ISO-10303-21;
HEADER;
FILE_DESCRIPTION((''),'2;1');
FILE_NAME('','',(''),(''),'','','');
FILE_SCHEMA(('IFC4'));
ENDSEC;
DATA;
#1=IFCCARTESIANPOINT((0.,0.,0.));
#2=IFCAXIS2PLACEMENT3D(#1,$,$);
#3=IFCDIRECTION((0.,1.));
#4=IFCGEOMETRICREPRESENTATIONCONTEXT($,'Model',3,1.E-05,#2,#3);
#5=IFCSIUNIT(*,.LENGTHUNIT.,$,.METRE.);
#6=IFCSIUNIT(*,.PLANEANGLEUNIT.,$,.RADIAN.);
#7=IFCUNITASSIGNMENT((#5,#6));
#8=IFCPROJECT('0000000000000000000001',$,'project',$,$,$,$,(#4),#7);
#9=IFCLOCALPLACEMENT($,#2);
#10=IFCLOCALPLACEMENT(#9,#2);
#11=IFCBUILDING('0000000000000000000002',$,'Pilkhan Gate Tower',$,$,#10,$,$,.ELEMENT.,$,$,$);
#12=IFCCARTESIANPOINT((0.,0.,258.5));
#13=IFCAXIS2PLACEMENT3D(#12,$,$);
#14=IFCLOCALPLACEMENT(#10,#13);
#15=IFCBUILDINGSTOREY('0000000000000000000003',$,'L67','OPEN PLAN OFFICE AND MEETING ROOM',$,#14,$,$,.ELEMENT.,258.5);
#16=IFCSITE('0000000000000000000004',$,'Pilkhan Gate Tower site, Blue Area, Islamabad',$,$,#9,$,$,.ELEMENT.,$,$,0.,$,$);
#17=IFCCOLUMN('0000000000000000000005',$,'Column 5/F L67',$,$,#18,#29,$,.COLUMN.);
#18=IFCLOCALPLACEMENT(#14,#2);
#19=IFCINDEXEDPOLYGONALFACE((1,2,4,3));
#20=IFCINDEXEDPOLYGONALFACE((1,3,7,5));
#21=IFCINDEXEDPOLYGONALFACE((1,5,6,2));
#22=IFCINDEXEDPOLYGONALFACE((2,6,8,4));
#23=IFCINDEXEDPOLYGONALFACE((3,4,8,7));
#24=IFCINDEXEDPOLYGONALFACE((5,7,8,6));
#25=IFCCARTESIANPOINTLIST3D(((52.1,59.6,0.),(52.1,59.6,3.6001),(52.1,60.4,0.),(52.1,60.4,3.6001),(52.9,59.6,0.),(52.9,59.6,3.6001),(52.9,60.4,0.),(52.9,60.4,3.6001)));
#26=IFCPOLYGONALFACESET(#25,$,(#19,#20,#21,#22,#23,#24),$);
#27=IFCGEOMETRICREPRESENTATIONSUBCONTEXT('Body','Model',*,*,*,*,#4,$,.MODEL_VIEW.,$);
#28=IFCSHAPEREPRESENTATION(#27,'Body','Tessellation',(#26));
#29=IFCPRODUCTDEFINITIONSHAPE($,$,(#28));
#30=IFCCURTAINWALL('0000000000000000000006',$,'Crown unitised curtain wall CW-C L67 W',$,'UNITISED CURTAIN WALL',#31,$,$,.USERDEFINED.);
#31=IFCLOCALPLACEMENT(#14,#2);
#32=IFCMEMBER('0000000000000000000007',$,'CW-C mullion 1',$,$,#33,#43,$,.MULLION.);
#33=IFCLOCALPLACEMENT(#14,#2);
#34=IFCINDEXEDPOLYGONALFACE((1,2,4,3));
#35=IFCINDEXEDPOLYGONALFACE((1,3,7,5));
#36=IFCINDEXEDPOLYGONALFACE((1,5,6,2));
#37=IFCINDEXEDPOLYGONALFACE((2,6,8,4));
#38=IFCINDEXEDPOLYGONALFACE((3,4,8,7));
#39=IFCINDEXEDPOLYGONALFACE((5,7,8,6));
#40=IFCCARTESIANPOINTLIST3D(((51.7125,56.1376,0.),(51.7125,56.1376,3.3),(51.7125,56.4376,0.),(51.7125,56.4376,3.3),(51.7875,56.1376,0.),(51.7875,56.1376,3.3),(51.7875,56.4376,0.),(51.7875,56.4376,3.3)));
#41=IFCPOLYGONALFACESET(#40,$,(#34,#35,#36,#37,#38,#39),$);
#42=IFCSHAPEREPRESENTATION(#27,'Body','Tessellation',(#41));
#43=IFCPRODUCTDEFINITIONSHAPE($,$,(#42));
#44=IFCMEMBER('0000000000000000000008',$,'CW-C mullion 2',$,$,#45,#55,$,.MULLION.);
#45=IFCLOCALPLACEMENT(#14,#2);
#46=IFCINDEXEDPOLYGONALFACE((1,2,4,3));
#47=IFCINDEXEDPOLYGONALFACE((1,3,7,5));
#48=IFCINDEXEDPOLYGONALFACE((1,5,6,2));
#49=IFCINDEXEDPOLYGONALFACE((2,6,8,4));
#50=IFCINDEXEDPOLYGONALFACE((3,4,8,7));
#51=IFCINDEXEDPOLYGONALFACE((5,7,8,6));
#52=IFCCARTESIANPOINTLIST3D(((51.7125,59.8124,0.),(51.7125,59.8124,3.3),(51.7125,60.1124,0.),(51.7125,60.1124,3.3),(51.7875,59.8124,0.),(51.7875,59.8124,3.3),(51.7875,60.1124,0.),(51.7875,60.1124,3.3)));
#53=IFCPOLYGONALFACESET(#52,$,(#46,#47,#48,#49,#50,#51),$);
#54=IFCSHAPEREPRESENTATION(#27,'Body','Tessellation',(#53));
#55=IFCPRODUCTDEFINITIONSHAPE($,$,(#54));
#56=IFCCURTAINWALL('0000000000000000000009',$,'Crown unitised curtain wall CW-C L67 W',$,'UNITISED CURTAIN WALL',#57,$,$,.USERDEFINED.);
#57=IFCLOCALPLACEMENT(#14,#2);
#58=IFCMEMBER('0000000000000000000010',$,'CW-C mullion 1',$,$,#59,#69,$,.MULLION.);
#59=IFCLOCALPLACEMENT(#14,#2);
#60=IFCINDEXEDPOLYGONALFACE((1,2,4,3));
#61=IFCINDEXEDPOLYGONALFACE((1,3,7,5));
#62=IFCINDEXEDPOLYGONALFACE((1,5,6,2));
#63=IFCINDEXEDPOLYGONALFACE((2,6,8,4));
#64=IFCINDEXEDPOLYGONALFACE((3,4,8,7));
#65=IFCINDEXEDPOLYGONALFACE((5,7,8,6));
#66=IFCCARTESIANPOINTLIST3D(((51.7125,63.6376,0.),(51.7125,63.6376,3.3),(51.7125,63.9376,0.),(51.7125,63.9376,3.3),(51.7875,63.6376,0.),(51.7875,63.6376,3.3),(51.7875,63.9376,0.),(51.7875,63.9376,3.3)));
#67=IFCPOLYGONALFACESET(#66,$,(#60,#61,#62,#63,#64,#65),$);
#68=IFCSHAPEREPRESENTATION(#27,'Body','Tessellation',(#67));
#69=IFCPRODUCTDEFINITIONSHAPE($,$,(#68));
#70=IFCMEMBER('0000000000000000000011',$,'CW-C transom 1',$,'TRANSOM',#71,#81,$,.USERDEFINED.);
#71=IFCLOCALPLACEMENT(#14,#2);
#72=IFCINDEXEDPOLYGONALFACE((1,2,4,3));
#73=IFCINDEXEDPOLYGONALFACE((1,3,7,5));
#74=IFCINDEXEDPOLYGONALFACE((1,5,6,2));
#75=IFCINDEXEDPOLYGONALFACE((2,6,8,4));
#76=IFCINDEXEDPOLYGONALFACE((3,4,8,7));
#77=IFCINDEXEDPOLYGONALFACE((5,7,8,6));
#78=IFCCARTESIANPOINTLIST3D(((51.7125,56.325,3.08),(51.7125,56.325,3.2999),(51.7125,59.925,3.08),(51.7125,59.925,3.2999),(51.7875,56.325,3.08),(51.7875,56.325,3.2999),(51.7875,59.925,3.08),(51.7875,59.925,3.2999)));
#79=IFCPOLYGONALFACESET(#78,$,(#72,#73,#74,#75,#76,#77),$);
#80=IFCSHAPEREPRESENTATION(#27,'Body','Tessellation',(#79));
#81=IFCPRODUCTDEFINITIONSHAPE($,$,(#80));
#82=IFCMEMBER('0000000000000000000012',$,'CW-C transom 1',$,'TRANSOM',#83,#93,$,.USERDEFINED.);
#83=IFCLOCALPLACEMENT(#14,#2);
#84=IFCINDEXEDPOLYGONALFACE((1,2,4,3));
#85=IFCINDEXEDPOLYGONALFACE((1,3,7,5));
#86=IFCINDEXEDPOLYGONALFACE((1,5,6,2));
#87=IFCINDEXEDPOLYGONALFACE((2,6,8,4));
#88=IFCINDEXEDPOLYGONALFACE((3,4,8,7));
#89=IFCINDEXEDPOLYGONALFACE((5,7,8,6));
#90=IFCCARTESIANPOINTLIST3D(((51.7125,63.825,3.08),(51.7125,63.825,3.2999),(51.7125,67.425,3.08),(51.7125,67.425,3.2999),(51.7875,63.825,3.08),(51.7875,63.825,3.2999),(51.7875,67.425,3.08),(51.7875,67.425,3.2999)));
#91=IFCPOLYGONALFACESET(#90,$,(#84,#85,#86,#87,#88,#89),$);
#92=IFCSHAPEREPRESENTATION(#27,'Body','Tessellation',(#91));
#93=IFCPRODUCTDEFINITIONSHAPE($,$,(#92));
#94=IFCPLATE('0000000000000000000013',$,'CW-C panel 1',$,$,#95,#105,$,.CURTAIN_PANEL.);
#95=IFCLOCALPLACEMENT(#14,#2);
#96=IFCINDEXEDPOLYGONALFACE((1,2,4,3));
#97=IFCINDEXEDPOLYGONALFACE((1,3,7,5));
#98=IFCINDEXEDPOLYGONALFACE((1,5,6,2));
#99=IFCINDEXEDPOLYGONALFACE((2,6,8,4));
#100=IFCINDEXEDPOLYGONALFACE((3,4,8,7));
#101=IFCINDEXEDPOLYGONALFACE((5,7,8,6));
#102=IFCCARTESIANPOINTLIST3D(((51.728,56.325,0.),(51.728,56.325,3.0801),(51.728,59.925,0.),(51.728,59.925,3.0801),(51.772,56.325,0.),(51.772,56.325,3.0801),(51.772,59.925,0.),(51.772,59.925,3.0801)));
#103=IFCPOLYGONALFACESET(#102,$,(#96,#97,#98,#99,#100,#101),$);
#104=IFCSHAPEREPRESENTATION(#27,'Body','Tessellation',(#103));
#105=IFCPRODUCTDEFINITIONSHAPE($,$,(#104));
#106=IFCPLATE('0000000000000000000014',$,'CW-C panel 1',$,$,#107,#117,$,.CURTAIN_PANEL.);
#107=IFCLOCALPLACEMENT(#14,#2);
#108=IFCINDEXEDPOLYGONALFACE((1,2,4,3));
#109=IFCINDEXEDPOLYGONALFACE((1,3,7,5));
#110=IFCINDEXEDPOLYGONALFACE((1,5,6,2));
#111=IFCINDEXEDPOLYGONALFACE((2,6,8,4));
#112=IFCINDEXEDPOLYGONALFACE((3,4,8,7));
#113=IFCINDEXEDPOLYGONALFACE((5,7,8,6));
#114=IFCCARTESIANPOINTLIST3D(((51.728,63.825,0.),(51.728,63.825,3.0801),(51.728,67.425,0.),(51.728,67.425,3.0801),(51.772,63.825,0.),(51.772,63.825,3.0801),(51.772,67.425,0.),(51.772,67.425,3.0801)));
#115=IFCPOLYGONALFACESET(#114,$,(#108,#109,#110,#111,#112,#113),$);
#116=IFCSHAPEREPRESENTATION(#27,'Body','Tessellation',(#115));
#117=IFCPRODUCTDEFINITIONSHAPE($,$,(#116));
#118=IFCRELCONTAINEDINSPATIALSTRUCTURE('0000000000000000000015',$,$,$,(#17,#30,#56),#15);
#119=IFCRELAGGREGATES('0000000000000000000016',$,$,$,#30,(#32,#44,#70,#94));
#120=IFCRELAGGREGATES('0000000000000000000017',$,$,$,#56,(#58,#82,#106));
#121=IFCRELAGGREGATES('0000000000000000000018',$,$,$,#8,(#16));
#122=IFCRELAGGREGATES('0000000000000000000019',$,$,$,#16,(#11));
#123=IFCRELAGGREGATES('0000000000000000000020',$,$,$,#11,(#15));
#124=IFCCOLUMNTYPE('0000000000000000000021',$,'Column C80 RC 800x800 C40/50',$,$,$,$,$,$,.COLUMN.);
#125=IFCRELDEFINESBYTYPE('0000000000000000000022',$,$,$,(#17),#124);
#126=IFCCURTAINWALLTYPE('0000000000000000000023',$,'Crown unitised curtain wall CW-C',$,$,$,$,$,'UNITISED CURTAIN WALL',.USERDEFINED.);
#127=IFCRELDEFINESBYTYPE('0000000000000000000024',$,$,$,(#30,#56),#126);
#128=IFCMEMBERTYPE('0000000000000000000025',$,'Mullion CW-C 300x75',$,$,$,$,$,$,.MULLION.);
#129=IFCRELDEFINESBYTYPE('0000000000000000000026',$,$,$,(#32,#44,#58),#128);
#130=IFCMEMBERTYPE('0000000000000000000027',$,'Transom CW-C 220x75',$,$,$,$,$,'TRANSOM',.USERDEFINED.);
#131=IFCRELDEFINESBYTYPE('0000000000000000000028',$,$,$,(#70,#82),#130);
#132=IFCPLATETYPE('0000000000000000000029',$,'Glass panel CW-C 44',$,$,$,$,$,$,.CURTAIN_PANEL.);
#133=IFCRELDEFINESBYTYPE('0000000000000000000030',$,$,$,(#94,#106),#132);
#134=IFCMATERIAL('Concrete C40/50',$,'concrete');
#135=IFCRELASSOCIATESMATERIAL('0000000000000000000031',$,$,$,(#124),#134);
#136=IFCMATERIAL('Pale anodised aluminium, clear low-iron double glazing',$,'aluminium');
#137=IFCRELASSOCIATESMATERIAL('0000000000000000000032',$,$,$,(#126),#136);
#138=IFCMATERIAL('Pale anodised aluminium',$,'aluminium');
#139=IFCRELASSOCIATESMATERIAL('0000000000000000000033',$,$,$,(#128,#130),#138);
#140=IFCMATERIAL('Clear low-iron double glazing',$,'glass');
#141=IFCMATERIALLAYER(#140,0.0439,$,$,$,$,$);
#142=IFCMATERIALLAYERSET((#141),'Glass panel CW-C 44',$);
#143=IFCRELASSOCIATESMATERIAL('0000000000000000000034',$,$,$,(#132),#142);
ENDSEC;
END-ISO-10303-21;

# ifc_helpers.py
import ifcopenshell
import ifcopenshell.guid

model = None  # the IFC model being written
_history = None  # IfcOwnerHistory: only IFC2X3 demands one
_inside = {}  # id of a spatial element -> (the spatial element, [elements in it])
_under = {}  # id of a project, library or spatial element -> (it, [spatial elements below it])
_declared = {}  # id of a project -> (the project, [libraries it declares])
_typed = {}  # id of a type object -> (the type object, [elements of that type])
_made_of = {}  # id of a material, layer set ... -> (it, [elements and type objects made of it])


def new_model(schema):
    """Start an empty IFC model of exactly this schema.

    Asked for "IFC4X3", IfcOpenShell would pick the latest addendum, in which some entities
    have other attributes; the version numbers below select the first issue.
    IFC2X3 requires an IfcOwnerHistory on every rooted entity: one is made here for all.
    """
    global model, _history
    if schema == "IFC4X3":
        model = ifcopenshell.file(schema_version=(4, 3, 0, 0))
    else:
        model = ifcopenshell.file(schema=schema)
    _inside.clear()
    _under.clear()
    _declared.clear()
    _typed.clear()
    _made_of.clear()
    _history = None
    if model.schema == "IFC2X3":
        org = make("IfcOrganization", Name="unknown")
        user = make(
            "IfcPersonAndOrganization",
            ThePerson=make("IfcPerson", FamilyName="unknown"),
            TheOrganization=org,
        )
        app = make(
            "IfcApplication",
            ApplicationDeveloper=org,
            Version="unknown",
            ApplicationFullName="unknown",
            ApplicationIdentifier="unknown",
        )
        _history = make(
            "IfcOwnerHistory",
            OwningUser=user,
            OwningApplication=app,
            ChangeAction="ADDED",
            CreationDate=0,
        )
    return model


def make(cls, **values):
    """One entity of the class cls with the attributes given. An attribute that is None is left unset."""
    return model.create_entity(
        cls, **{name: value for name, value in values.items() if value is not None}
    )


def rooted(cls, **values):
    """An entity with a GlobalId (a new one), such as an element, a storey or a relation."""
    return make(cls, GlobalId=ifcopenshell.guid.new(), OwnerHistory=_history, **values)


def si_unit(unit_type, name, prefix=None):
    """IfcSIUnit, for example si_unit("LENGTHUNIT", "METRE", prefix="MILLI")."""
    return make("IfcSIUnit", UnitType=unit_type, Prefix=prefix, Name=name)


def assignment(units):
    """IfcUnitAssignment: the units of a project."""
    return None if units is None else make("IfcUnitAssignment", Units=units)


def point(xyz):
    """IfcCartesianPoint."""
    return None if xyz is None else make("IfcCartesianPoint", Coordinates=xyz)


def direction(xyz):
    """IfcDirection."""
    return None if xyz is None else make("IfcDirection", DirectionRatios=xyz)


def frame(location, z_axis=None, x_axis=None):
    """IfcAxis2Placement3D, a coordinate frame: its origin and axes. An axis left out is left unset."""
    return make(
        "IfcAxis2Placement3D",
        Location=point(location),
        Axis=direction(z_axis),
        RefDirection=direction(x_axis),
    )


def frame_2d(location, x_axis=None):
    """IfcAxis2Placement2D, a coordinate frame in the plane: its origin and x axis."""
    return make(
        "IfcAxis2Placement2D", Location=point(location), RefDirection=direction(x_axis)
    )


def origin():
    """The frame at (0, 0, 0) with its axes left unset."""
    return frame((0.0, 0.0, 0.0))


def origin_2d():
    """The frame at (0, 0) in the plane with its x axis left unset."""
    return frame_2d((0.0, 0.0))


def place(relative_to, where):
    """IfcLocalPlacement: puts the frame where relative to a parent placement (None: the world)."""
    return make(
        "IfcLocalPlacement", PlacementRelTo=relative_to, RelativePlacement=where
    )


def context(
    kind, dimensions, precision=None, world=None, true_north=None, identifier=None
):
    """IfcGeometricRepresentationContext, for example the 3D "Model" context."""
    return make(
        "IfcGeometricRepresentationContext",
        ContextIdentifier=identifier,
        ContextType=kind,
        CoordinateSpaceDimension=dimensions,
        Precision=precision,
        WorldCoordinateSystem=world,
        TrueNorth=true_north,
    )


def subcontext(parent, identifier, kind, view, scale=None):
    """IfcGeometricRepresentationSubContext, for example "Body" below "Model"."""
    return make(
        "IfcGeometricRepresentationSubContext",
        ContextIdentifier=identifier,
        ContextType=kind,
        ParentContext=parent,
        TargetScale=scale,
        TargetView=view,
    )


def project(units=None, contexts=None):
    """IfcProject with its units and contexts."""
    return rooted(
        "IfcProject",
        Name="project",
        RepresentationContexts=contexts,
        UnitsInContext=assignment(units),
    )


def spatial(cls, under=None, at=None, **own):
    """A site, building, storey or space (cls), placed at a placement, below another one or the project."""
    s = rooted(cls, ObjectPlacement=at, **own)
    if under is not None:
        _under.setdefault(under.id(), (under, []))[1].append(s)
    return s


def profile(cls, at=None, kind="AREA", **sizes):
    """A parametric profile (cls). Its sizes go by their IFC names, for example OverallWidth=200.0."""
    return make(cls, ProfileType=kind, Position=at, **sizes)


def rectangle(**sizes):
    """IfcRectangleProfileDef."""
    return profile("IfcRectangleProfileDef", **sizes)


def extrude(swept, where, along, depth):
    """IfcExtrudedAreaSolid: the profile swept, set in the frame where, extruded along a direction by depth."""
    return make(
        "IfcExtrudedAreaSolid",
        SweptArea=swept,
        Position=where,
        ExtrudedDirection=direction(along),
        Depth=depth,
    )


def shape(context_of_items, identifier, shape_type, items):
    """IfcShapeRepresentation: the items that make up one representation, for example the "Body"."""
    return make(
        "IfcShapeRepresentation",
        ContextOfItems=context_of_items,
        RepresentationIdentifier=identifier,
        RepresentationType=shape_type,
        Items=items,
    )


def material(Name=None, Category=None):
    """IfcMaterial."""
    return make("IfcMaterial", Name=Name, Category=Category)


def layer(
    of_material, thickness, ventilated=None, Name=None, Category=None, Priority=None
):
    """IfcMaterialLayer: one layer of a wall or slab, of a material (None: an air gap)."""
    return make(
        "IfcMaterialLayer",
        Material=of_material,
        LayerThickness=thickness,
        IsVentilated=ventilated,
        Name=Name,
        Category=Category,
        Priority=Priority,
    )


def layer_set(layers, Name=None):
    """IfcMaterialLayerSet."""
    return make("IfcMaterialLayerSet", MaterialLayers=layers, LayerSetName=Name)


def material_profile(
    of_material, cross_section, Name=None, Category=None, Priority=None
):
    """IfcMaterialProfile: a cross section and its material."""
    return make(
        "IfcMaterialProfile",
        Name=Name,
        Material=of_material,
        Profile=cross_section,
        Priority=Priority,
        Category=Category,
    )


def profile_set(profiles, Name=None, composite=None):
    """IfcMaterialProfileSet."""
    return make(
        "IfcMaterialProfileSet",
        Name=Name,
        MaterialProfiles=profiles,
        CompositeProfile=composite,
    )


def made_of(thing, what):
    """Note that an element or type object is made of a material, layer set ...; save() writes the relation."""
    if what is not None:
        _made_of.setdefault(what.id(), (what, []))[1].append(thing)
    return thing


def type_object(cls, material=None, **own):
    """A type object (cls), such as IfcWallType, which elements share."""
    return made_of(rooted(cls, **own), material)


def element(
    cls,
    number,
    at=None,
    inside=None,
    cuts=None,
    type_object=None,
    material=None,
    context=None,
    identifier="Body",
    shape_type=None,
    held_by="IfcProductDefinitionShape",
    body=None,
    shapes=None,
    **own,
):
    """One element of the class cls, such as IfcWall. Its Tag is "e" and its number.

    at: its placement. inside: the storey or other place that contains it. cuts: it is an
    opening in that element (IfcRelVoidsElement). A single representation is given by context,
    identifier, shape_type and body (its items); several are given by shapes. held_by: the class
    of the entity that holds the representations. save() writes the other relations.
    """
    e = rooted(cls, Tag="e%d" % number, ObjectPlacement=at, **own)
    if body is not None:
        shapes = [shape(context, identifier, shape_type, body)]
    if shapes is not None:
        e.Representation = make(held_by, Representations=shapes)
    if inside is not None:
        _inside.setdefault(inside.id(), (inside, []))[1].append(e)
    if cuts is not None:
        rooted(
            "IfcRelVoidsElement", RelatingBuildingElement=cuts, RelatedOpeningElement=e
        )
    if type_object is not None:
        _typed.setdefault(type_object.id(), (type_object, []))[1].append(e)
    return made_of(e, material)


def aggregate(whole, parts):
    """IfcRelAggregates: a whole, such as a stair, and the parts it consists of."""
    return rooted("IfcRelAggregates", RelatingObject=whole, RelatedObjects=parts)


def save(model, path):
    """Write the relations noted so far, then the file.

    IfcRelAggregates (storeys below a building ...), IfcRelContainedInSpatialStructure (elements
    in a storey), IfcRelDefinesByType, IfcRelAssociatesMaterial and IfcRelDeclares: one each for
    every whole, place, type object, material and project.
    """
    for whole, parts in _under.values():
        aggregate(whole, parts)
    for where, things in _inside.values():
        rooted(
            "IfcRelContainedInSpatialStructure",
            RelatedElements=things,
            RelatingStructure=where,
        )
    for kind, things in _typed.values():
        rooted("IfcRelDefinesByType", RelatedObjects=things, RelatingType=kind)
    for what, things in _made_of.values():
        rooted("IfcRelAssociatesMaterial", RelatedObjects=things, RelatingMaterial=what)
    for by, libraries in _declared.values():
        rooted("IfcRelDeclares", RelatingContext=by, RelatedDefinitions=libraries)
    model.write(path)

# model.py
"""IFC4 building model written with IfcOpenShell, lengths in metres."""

from ifc_helpers import new_model, si_unit, direction, frame, origin, origin_2d, place, context, subcontext, project, spatial, rectangle, extrude, material, layer, layer_set, material_profile, profile_set, type_object, element, aggregate, save


model = new_model("IFC4")

# Units and contexts
model_context = context("Model", 3, precision=1e-05, world=origin(), true_north=direction((0.0, 1.0)))
body_context = subcontext(model_context, "Body", "Model", "MODEL_VIEW")
ifc_project = project(units=[si_unit("LENGTHUNIT", "METRE"), si_unit("PLANEANGLEUNIT", "RADIAN")], contexts=[model_context])

# Site, building, storey
site_placement = place(None, origin())
site = spatial("IfcSite", under=ifc_project, at=site_placement, Name="Pilkhan Gate Tower site, Blue Area, Islamabad", CompositionType="ELEMENT", RefElevation=0.0)
building_placement = place(site_placement, origin())
building = spatial("IfcBuilding", under=site, at=building_placement, Name="Pilkhan Gate Tower", CompositionType="ELEMENT")
storey_placement = place(building_placement, frame((0.0, 0.0, 258.5)))
storey = spatial("IfcBuildingStorey", under=building, at=storey_placement, Name="L67", Description="OPEN PLAN OFFICE AND MEETING ROOM", CompositionType="ELEMENT", Elevation=258.5)

# Column
ifc_material_1 = material(Name="Concrete C40/50", Category="concrete")
ifc_material_profile_1 = material_profile(ifc_material_1, rectangle(XDim=0.8, YDim=0.8, at=origin_2d()), Name="RC 800x800")
ifc_profile_set_1 = profile_set([ifc_material_profile_1], Name="Concrete C40/50")
column_type = type_object("IfcColumnType", Name="Column C80 RC 800x800 C40/50", PredefinedType="COLUMN", material=ifc_profile_set_1)
column_placement = place(storey_placement, frame((52.5, 60.0, 0.0), z_axis=(0.0, 0.0, 1.0), x_axis=(1.0, 0.0, 0.0)))
element("IfcColumn", 1, at=column_placement, inside=storey, type_object=column_type, Name="Column 5/F L67", PredefinedType="COLUMN", context=body_context, shape_type="SweptSolid", body=[
    extrude(rectangle(XDim=0.8, YDim=0.8, at=origin_2d()), origin(), (0.0, 0.0, 1.0), 3.6001),
])

# Curtain wall, members
ifc_material_2 = material(Name="Pale anodised aluminium, clear low-iron double glazing", Category="aluminium")
curtain_wall_type = type_object("IfcCurtainWallType", Name="Crown unitised curtain wall CW-C", ElementType="UNITISED CURTAIN WALL", PredefinedType="USERDEFINED", material=ifc_material_2)
curtain_wall_1_placement = place(storey_placement, origin())
curtain_wall_1 = element("IfcCurtainWall", 2, at=curtain_wall_1_placement, inside=storey, type_object=curtain_wall_type, Name="Crown unitised curtain wall CW-C L67 W", ObjectType="UNITISED CURTAIN WALL", PredefinedType="USERDEFINED")
ifc_material_3 = material(Name="Pale anodised aluminium", Category="aluminium")
ifc_material_profile_2 = material_profile(ifc_material_3, rectangle(XDim=0.075, YDim=0.3, at=origin_2d()), Name="Mullion 300x75")
ifc_profile_set_2 = profile_set([ifc_material_profile_2], Name="Pale anodised aluminium")
member_type_1 = type_object("IfcMemberType", Name="Mullion CW-C 300x75", PredefinedType="MULLION", material=ifc_profile_set_2)
member_1_placement = place(storey_placement, frame((51.75, 56.2876, 0.0), z_axis=(0.0, 0.0, 1.0), x_axis=(-1.0, 0.0, 0.0)))
member_1 = element("IfcMember", 3, at=member_1_placement, type_object=member_type_1, Name="CW-C mullion 1", PredefinedType="MULLION", context=body_context, shape_type="SweptSolid", body=[
    extrude(rectangle(XDim=0.075, YDim=0.3, at=origin_2d()), origin(), (0.0, 0.0, 1.0), 3.3),
])
member_2_placement = place(storey_placement, frame((51.75, 59.9624, 0.0), z_axis=(0.0, 0.0, 1.0), x_axis=(-1.0, 0.0, 0.0)))
member_2 = element("IfcMember", 4, at=member_2_placement, type_object=member_type_1, Name="CW-C mullion 2", PredefinedType="MULLION", context=body_context, shape_type="SweptSolid", body=[
    extrude(rectangle(XDim=0.075, YDim=0.3, at=origin_2d()), origin(), (0.0, 0.0, 1.0), 3.3),
])

# Curtain wall, member
curtain_wall_2_placement = place(storey_placement, origin())
curtain_wall_2 = element("IfcCurtainWall", 5, at=curtain_wall_2_placement, inside=storey, type_object=curtain_wall_type, Name="Crown unitised curtain wall CW-C L67 W", ObjectType="UNITISED CURTAIN WALL", PredefinedType="USERDEFINED")
member_3_placement = place(storey_placement, frame((51.75, 63.7876, 0.0), z_axis=(0.0, 0.0, 1.0), x_axis=(-1.0, 0.0, 0.0)))
member_3 = element("IfcMember", 6, at=member_3_placement, type_object=member_type_1, Name="CW-C mullion 1", PredefinedType="MULLION", context=body_context, shape_type="SweptSolid", body=[
    extrude(rectangle(XDim=0.075, YDim=0.3, at=origin_2d()), origin(), (0.0, 0.0, 1.0), 3.3),
])

# Members
ifc_material_profile_3 = material_profile(ifc_material_3, rectangle(XDim=0.075, YDim=0.22, at=origin_2d()), Name="Transom 220x75")
ifc_profile_set_3 = profile_set([ifc_material_profile_3], Name="Pale anodised aluminium")
member_type_2 = type_object("IfcMemberType", Name="Transom CW-C 220x75", ElementType="TRANSOM", PredefinedType="USERDEFINED", material=ifc_profile_set_3)
member_4_placement = place(storey_placement, frame((51.75, 56.325, 3.1899), z_axis=(0.0, 1.0, 0.0), x_axis=(-1.0, 0.0, 0.0)))
member_4 = element("IfcMember", 7, at=member_4_placement, type_object=member_type_2, Name="CW-C transom 1", ObjectType="TRANSOM", PredefinedType="USERDEFINED", context=body_context, shape_type="SweptSolid", body=[
    extrude(rectangle(XDim=0.075, YDim=0.22, at=origin_2d()), origin(), (0.0, 0.0, 1.0), 3.6001),
])
member_5_placement = place(storey_placement, frame((51.75, 63.825, 3.1899), z_axis=(0.0, 1.0, 0.0), x_axis=(-1.0, 0.0, 0.0)))
member_5 = element("IfcMember", 8, at=member_5_placement, type_object=member_type_2, Name="CW-C transom 1", ObjectType="TRANSOM", PredefinedType="USERDEFINED", context=body_context, shape_type="SweptSolid", body=[
    extrude(rectangle(XDim=0.075, YDim=0.22, at=origin_2d()), origin(), (0.0, 0.0, 1.0), 3.6001),
])

# Plates
ifc_material_4 = material(Name="Clear low-iron double glazing", Category="glass")
ifc_layer_1 = layer(ifc_material_4, 0.0439)
ifc_layer_set_1 = layer_set([ifc_layer_1], Name="Glass panel CW-C 44")
plate_type = type_object("IfcPlateType", Name="Glass panel CW-C 44", PredefinedType="CURTAIN_PANEL", material=ifc_layer_set_1)
plate_1_placement = place(storey_placement, frame((51.75, 58.125, 0.0), z_axis=(0.0, 0.0, 1.0), x_axis=(0.0, 1.0, 0.0)))
plate_1 = element("IfcPlate", 9, at=plate_1_placement, type_object=plate_type, Name="CW-C panel 1", PredefinedType="CURTAIN_PANEL", context=body_context, shape_type="SweptSolid", body=[
    extrude(rectangle(XDim=3.6001, YDim=0.0439, at=origin_2d()), origin(), (0.0, 0.0, 1.0), 3.0801),
])
aggregate(curtain_wall_1, [member_1, member_2, member_4, plate_1])
plate_2_placement = place(storey_placement, frame((51.75, 65.625, 0.0), z_axis=(0.0, 0.0, 1.0), x_axis=(0.0, 1.0, 0.0)))
plate_2 = element("IfcPlate", 10, at=plate_2_placement, type_object=plate_type, Name="CW-C panel 1", PredefinedType="CURTAIN_PANEL", context=body_context, shape_type="SweptSolid", body=[
    extrude(rectangle(XDim=3.6001, YDim=0.0439, at=origin_2d()), origin(), (0.0, 0.0, 1.0), 3.0801),
])
aggregate(curtain_wall_2, [member_3, member_5, plate_2])

save(model, "model.ifc")
